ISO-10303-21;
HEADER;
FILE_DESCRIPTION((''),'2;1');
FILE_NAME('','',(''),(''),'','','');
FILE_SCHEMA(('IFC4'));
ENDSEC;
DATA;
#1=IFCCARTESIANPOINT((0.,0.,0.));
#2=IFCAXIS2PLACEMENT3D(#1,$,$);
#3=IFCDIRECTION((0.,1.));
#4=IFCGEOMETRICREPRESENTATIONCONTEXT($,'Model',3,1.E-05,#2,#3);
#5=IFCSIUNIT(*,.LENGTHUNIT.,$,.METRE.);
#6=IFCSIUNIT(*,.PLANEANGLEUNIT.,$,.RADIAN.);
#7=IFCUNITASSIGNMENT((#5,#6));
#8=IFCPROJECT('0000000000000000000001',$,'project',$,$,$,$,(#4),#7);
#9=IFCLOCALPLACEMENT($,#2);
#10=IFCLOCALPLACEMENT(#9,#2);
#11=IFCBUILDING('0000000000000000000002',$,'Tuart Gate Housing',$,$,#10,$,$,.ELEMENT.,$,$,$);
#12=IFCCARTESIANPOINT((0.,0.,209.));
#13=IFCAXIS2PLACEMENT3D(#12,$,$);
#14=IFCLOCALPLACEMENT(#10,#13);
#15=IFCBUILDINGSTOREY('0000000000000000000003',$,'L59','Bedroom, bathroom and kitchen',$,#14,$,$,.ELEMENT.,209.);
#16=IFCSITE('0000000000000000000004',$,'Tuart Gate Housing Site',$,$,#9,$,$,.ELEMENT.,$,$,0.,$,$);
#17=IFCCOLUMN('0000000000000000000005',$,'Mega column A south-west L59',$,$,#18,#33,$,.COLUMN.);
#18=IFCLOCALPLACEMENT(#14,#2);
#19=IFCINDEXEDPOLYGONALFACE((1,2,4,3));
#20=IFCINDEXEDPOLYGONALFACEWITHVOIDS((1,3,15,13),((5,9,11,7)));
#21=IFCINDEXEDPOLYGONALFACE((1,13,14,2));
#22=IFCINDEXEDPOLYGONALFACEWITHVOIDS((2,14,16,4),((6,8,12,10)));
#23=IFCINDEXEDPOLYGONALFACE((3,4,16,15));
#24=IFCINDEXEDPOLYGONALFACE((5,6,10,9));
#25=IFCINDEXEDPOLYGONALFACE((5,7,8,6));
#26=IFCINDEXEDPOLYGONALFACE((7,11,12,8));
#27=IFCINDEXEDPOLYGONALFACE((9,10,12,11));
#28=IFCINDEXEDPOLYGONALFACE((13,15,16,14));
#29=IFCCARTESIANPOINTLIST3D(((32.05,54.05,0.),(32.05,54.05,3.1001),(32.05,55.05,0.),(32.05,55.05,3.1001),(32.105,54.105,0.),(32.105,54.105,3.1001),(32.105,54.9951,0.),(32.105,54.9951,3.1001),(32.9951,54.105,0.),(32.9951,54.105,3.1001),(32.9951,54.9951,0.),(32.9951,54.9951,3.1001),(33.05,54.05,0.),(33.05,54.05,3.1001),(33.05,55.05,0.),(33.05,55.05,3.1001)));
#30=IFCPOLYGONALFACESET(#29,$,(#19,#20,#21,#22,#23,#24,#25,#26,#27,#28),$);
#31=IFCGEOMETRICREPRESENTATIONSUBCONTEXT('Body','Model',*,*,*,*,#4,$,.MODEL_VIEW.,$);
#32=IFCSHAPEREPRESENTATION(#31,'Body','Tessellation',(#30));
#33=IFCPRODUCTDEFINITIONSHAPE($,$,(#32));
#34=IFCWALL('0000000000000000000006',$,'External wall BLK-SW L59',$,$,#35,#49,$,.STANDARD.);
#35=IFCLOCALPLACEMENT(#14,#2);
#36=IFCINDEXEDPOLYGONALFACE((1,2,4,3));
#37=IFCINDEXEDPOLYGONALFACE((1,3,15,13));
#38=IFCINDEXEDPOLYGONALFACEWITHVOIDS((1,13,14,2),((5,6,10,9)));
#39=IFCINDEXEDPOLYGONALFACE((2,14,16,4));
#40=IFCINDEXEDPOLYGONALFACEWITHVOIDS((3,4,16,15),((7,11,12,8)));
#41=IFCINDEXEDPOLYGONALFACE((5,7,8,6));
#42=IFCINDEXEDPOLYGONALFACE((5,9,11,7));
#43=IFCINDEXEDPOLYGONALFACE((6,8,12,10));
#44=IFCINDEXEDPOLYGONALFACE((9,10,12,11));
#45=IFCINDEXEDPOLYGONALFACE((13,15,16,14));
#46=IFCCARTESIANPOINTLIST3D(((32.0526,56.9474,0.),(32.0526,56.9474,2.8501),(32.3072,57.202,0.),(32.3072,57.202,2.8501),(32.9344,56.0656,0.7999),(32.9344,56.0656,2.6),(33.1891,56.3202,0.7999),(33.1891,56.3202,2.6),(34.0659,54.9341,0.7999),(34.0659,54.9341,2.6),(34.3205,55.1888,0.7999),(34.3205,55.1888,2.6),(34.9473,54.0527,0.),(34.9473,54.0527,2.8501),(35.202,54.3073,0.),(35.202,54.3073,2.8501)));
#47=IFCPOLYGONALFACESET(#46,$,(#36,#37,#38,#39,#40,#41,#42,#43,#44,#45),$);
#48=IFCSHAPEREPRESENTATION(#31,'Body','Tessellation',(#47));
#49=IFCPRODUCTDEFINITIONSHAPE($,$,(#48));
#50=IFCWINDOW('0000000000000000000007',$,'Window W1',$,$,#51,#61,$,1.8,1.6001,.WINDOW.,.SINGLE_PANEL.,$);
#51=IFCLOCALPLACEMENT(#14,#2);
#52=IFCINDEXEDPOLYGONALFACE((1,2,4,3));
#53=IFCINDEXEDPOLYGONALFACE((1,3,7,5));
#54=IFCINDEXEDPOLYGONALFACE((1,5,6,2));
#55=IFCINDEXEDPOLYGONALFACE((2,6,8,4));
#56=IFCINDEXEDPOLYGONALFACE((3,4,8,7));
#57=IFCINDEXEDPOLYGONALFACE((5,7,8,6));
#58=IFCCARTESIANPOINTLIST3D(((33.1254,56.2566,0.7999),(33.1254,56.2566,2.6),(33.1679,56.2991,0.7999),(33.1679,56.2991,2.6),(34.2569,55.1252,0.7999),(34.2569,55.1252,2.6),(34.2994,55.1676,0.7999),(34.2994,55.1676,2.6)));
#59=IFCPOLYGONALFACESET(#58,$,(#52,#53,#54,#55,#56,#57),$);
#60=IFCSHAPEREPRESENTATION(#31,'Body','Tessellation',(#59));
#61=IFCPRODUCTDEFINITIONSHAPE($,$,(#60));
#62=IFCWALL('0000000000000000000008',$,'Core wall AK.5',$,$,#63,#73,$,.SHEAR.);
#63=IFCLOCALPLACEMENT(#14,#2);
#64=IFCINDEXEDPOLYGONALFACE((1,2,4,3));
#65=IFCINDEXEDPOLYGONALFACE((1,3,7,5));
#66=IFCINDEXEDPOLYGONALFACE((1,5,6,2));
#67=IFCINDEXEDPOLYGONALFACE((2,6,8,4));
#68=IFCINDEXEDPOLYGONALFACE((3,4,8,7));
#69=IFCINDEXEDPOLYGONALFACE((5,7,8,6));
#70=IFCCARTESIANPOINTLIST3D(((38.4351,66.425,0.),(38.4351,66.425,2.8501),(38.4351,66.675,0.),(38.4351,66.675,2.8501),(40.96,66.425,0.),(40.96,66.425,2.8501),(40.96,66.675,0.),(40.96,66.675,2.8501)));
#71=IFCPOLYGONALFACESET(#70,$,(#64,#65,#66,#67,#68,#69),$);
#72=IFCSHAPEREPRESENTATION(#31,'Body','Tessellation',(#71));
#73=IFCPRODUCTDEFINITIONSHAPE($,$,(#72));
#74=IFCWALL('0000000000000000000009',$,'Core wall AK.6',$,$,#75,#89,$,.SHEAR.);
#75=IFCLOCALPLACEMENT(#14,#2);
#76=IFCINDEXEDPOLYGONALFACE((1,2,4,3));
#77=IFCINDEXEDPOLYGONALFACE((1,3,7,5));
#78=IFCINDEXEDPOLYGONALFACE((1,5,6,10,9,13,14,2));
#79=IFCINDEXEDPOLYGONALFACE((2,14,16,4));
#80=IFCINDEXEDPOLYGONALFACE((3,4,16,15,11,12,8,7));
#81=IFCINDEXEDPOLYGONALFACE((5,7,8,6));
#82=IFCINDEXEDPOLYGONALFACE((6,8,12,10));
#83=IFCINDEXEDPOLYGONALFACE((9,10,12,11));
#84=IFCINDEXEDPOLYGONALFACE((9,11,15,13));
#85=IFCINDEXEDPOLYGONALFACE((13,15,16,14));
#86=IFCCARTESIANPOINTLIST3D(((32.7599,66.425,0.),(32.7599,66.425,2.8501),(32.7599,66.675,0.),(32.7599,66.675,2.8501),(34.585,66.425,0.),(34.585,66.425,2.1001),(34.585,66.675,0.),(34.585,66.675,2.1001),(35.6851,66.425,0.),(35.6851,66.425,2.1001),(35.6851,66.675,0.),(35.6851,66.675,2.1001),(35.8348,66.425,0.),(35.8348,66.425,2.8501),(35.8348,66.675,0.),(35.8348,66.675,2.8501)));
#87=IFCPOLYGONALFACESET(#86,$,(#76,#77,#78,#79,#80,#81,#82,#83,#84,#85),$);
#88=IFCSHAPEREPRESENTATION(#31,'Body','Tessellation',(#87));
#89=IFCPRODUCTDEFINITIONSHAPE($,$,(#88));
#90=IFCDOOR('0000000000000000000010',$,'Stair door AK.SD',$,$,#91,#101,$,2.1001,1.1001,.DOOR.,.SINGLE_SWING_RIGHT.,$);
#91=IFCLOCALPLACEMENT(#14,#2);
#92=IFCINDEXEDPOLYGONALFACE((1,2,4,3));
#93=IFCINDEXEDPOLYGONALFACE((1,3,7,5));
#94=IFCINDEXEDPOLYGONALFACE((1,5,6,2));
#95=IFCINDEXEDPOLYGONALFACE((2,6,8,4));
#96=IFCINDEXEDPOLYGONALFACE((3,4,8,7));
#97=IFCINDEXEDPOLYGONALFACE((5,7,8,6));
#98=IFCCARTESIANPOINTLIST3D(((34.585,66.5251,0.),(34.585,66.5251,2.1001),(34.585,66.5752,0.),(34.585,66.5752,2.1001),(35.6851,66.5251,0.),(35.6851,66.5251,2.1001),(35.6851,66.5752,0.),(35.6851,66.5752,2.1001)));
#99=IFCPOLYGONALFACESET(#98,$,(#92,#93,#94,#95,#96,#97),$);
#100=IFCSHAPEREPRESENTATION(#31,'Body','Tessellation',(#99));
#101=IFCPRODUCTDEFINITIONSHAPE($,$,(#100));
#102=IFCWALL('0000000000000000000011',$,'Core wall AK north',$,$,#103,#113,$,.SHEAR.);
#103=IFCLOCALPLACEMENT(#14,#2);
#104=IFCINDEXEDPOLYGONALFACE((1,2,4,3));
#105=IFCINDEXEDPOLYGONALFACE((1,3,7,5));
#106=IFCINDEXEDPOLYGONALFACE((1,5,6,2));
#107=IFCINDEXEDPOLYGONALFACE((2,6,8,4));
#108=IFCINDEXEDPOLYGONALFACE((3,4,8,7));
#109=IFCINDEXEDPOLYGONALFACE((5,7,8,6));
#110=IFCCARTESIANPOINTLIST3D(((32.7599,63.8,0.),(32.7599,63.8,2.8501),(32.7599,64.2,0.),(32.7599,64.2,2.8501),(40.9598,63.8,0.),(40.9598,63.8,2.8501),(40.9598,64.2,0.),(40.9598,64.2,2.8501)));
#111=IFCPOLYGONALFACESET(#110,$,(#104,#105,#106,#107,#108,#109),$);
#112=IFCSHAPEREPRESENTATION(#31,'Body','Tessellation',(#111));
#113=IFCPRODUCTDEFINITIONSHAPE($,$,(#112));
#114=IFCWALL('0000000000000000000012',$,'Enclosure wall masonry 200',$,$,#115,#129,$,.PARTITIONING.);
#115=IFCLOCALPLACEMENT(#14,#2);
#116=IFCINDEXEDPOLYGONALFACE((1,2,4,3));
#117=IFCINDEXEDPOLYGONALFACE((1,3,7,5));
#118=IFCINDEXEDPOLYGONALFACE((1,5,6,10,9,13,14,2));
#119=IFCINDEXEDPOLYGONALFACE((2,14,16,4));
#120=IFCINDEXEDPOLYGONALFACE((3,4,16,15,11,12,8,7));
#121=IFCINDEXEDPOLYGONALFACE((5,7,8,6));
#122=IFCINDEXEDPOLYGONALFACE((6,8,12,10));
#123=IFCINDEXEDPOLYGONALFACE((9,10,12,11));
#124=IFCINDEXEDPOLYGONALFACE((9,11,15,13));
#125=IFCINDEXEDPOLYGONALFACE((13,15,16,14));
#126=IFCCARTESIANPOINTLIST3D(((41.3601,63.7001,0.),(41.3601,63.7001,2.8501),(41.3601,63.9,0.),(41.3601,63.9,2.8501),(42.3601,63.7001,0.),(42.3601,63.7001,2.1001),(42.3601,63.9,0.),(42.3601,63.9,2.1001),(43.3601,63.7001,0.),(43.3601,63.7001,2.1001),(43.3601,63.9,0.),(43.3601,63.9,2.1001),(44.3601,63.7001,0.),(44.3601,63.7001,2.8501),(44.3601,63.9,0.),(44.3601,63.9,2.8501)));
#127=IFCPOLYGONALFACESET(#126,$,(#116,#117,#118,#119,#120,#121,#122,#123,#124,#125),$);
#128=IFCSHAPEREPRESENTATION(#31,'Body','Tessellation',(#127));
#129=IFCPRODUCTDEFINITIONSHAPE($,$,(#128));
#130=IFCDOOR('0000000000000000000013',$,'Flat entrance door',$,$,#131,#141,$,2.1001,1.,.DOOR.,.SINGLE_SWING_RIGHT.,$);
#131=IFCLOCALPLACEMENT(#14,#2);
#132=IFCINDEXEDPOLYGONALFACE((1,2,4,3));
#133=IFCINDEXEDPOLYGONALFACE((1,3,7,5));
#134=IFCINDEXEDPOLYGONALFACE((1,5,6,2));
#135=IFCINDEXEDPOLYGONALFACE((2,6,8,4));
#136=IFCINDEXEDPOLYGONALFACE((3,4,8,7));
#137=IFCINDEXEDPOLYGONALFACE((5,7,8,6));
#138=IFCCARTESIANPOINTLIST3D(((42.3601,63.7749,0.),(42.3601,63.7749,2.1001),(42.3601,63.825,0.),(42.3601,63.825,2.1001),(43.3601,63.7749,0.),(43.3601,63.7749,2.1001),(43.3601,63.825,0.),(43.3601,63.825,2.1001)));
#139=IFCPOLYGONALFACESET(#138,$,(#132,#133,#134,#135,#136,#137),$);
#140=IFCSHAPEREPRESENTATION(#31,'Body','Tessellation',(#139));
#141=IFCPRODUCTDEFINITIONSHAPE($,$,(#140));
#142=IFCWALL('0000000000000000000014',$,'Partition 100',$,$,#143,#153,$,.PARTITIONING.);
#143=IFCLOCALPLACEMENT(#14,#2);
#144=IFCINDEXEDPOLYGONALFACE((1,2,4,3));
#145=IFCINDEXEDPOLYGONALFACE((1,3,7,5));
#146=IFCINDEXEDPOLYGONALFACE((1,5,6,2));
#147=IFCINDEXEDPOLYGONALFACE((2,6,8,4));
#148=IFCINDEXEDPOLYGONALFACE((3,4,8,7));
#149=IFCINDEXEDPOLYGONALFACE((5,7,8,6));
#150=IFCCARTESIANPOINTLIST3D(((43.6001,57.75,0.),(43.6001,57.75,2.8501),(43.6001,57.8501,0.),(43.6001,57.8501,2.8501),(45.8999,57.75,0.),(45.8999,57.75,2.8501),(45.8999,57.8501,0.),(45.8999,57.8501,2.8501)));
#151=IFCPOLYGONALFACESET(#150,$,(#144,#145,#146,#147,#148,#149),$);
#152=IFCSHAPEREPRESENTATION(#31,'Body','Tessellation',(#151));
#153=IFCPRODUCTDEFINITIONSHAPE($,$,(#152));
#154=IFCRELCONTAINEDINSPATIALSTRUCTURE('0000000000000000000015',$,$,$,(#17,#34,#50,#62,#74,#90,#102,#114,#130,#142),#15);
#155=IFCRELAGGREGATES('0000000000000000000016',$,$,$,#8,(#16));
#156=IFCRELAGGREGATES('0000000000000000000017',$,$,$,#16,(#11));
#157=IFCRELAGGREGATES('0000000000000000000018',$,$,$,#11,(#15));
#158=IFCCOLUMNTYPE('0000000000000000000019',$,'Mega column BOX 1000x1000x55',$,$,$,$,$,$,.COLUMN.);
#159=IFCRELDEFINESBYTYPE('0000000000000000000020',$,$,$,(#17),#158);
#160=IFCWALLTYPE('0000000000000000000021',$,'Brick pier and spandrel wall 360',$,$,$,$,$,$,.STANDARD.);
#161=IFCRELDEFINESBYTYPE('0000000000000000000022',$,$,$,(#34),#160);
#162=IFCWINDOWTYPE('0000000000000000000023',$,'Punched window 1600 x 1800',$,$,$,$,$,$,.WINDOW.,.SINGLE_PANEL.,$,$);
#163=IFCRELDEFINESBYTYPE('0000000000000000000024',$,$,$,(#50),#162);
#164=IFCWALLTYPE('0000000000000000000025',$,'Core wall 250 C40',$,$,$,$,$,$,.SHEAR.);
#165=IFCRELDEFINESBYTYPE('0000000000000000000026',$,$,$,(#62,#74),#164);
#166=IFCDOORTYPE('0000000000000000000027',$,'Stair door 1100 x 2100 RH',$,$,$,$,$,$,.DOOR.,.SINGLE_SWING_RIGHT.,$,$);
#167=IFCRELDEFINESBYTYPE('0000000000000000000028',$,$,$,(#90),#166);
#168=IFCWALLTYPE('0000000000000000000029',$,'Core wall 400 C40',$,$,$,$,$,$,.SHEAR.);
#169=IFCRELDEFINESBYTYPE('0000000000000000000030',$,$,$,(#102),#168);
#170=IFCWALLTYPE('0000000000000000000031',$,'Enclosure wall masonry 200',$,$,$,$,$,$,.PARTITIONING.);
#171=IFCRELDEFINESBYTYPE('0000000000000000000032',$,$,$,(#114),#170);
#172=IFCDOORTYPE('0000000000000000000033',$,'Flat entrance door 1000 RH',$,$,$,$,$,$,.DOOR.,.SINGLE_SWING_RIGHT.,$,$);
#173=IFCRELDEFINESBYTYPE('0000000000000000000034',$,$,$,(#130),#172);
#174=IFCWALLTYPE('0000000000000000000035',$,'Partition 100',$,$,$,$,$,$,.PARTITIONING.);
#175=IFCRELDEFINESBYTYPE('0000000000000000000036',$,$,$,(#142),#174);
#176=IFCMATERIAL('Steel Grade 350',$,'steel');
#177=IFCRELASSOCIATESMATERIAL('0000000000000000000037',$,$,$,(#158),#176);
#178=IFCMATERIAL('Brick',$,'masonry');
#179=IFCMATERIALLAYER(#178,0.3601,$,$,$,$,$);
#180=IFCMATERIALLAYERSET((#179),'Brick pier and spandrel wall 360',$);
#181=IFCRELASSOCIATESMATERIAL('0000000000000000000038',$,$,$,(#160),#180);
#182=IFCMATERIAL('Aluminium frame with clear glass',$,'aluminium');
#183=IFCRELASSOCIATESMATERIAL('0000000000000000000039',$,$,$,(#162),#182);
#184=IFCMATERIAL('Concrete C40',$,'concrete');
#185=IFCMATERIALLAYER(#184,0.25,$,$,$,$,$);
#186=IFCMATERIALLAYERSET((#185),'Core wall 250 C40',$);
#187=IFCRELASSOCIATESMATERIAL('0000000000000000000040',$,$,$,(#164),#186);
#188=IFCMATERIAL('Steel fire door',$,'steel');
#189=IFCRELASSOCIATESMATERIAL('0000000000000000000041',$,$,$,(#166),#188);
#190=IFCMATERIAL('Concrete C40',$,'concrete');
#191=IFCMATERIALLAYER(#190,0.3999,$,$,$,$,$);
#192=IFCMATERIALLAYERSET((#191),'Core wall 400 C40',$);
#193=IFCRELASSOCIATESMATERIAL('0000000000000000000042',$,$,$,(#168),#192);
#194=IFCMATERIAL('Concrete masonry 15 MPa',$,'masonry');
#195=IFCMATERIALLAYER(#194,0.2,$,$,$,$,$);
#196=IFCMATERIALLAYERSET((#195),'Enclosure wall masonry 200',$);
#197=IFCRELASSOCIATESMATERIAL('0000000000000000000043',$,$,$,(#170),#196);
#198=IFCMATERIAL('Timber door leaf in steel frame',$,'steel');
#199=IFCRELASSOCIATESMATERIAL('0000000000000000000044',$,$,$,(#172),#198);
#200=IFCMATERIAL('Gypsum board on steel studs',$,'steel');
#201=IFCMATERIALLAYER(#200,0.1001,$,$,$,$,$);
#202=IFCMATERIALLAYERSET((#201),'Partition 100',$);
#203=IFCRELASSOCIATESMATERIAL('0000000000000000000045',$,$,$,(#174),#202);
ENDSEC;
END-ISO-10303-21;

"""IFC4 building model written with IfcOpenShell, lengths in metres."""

from ifc_helpers import new_model, si_unit, direction, frame, frame_2d, origin, origin_2d, place, context, subcontext, project, spatial, rectangle, hollow_rectangle, extrude, material, layer, layer_set, material_profile, profile_set, type_object, element, fill, save


model = new_model("IFC4")

# Units and contexts
model_context = context("Model", 3, precision=1e-05, world=origin(), true_north=direction((0.0, 1.0)))
body_context = subcontext(model_context, "Body", "Model", "MODEL_VIEW")
ifc_project = project(units=[si_unit("LENGTHUNIT", "METRE"), si_unit("PLANEANGLEUNIT", "RADIAN")], contexts=[model_context])

# Site, building, storey
site_placement = place(None, origin())
site = spatial("IfcSite", under=ifc_project, at=site_placement, Name="Tuart Gate Housing Site", CompositionType="ELEMENT", RefElevation=0.0)
building_placement = place(site_placement, origin())
building = spatial("IfcBuilding", under=site, at=building_placement, Name="Tuart Gate Housing", CompositionType="ELEMENT")
storey_placement = place(building_placement, frame((0.0, 0.0, 209.0)))
storey = spatial("IfcBuildingStorey", under=building, at=storey_placement, Name="L59", Description="Bedroom, bathroom and kitchen", CompositionType="ELEMENT", Elevation=209.0)

# Column
ifc_material_1 = material(Name="Steel Grade 350", Category="steel")
ifc_material_profile = material_profile(ifc_material_1, hollow_rectangle(XDim=1.0, YDim=1.0, WallThickness=0.0549, at=origin_2d()), Name="BOX 1000x1000x55")
ifc_profile_set = profile_set([ifc_material_profile], Name="Steel Grade 350")
column_type = type_object("IfcColumnType", Name="Mega column BOX 1000x1000x55", PredefinedType="COLUMN", material=ifc_profile_set)
column_placement = place(storey_placement, frame((32.55, 54.55, 0.0), z_axis=(0.0, 0.0, 1.0), x_axis=(1.0, 0.0, 0.0)))
element("IfcColumn", 1, at=column_placement, inside=storey, type_object=column_type, Name="Mega column A south-west L59", PredefinedType="COLUMN", context=body_context, shape_type="SweptSolid", body=[
    extrude(hollow_rectangle(XDim=1.0, YDim=1.0, WallThickness=0.0549, at=origin_2d()), origin(), (0.0, 0.0, 1.0), 3.1001),
])

# Wall, opening, window
ifc_material_2 = material(Name="Brick", Category="masonry")
ifc_layer_1 = layer(ifc_material_2, 0.3601)
ifc_layer_set_1 = layer_set([ifc_layer_1], Name="Brick pier and spandrel wall 360")
wall_type_1 = type_object("IfcWallType", Name="Brick pier and spandrel wall 360", PredefinedType="STANDARD", material=ifc_layer_set_1)
wall_1_placement = place(storey_placement, frame((32.1799, 57.0747, 0.0), z_axis=(0.0, 0.0, 1.0), x_axis=(0.707107, -0.707107, 0.0)))
wall_1 = element("IfcWall", 2, at=wall_1_placement, inside=storey, type_object=wall_type_1, Name="External wall BLK-SW L59", PredefinedType="STANDARD", context=body_context, shape_type="SweptSolid", body=[
    extrude(rectangle(XDim=4.0938, YDim=0.3601, at=frame_2d((2.0469, 0.0))), origin(), (0.0, 0.0, 1.0), 2.8501),
])
opening_1_placement = place(wall_1_placement, frame((1.2471, 0.0, 0.8)))
opening_1 = element("IfcOpeningElement", 3, at=opening_1_placement, cuts=wall_1, PredefinedType="OPENING", context=body_context, shape_type="SweptSolid", body=[
    extrude(rectangle(XDim=1.6001, YDim=1.8, at=frame_2d((0.8, 0.8999))), frame((0.0, 0.1899, 0.0), z_axis=(0.0, -1.0, 0.0), x_axis=(1.0, 0.0, 0.0)), (0.0, 0.0, 1.0), 0.3801),
])
ifc_material_3 = material(Name="Aluminium frame with clear glass", Category="aluminium")
window_type = type_object("IfcWindowType", Name="Punched window 1600 x 1800", PartitioningType="SINGLE_PANEL", PredefinedType="WINDOW", material=ifc_material_3)
window_placement = place(opening_1_placement, origin())
window = element("IfcWindow", 4, at=window_placement, inside=storey, type_object=window_type, Name="Window W1", OverallHeight=1.8, OverallWidth=1.6001, PartitioningType="SINGLE_PANEL", PredefinedType="WINDOW", context=body_context, shape_type="SweptSolid", body=[
    extrude(rectangle(XDim=1.6001, YDim=1.8, at=frame_2d((0.8, 0.8999))), frame((0.0, 0.1501, 0.0), z_axis=(0.0, -1.0, 0.0), x_axis=(1.0, 0.0, 0.0)), (0.0, 0.0, 1.0), 0.0601),
])
fill(opening_1, window)

# Wall
ifc_material_4 = material(Name="Concrete C40", Category="concrete")
ifc_layer_2 = layer(ifc_material_4, 0.25)
ifc_layer_set_2 = layer_set([ifc_layer_2], Name="Core wall 250 C40")
wall_type_2 = type_object("IfcWallType", Name="Core wall 250 C40", PredefinedType="SHEAR", material=ifc_layer_set_2)
wall_2_placement = place(storey_placement, frame((40.96, 66.55, 0.0), z_axis=(0.0, 0.0, 1.0), x_axis=(-1.0, 0.0, 0.0)))
element("IfcWall", 5, at=wall_2_placement, inside=storey, type_object=wall_type_2, Name="Core wall AK.5", PredefinedType="SHEAR", context=body_context, shape_type="SweptSolid", body=[
    extrude(rectangle(XDim=2.5249, YDim=0.25, at=frame_2d((1.2625, 0.0))), origin(), (0.0, 0.0, 1.0), 2.8501),
])

# Wall, opening, door
wall_3_placement = place(storey_placement, frame((35.835, 66.55, 0.0), z_axis=(0.0, 0.0, 1.0), x_axis=(-1.0, 0.0, 0.0)))
wall_3 = element("IfcWall", 6, at=wall_3_placement, inside=storey, type_object=wall_type_2, Name="Core wall AK.6", PredefinedType="SHEAR", context=body_context, shape_type="SweptSolid", body=[
    extrude(rectangle(XDim=3.075, YDim=0.25, at=frame_2d((1.5376, 0.0))), origin(), (0.0, 0.0, 1.0), 2.8501),
])
opening_2_placement = place(wall_3_placement, frame((0.1499, 0.0, 0.0)))
opening_2 = element("IfcOpeningElement", 7, at=opening_2_placement, cuts=wall_3, PredefinedType="OPENING", context=body_context, shape_type="SweptSolid", body=[
    extrude(rectangle(XDim=1.1001, YDim=2.1001, at=frame_2d((0.55, 1.05))), frame((0.0, 0.135, 0.0), z_axis=(0.0, -1.0, 0.0), x_axis=(1.0, 0.0, 0.0)), (0.0, 0.0, 1.0), 0.27),
])
ifc_material_5 = material(Name="Steel fire door", Category="steel")
door_type_1 = type_object("IfcDoorType", Name="Stair door 1100 x 2100 RH", OperationType="SINGLE_SWING_RIGHT", PredefinedType="DOOR", material=ifc_material_5)
door_1_placement = place(opening_2_placement, frame((1.1001, 0.0, 0.0), z_axis=(0.0, 0.0, 1.0), x_axis=(-1.0, 0.0, 0.0)))
door_1 = element("IfcDoor", 8, at=door_1_placement, inside=storey, type_object=door_type_1, Name="Stair door AK.SD", OperationType="SINGLE_SWING_RIGHT", OverallHeight=2.1001, OverallWidth=1.1001, PredefinedType="DOOR", context=body_context, shape_type="SweptSolid", body=[
    extrude(rectangle(XDim=1.1001, YDim=2.1001, at=frame_2d((0.55, 1.05))), frame((0.0, 0.0251, 0.0), z_axis=(0.0, -1.0, 0.0), x_axis=(1.0, 0.0, 0.0)), (0.0, 0.0, 1.0), 0.05),
])
fill(opening_2, door_1)

# Wall
ifc_material_6 = material(Name="Concrete C40", Category="concrete")
ifc_layer_3 = layer(ifc_material_6, 0.3999)
ifc_layer_set_3 = layer_set([ifc_layer_3], Name="Core wall 400 C40")
wall_type_3 = type_object("IfcWallType", Name="Core wall 400 C40", PredefinedType="SHEAR", material=ifc_layer_set_3)
wall_4_placement = place(storey_placement, frame((40.96, 64.0, 0.0), z_axis=(0.0, 0.0, 1.0), x_axis=(-1.0, 0.0, 0.0)))
element("IfcWall", 9, at=wall_4_placement, inside=storey, type_object=wall_type_3, Name="Core wall AK north", PredefinedType="SHEAR", context=body_context, shape_type="SweptSolid", body=[
    extrude(rectangle(XDim=8.2, YDim=0.3999, at=frame_2d((4.1001, 0.0))), origin(), (0.0, 0.0, 1.0), 2.8501),
])

# Wall, opening, door
ifc_material_7 = material(Name="Concrete masonry 15 MPa", Category="masonry")
ifc_layer_4 = layer(ifc_material_7, 0.2)
ifc_layer_set_4 = layer_set([ifc_layer_4], Name="Enclosure wall masonry 200")
wall_type_4 = type_object("IfcWallType", Name="Enclosure wall masonry 200", PredefinedType="PARTITIONING", material=ifc_layer_set_4)
wall_5_placement = place(storey_placement, frame((41.3601, 63.8, 0.0), z_axis=(0.0, 0.0, 1.0), x_axis=(1.0, 0.0, 0.0)))
wall_5 = element("IfcWall", 10, at=wall_5_placement, inside=storey, type_object=wall_type_4, Name="Enclosure wall masonry 200", PredefinedType="PARTITIONING", context=body_context, shape_type="SweptSolid", body=[
    extrude(rectangle(XDim=3.0, YDim=0.2, at=frame_2d((1.5, 0.0))), origin(), (0.0, 0.0, 1.0), 2.8501),
])
opening_3_placement = place(wall_5_placement, frame((1.0, 0.0, 0.0)))
opening_3 = element("IfcOpeningElement", 11, at=opening_3_placement, cuts=wall_5, PredefinedType="OPENING", context=body_context, shape_type="SweptSolid", body=[
    extrude(rectangle(XDim=1.0, YDim=2.1001, at=frame_2d((0.5, 1.05))), frame((0.0, 0.1099, 0.0), z_axis=(0.0, -1.0, 0.0), x_axis=(1.0, 0.0, 0.0)), (0.0, 0.0, 1.0), 0.22),
])
ifc_material_8 = material(Name="Timber door leaf in steel frame", Category="steel")
door_type_2 = type_object("IfcDoorType", Name="Flat entrance door 1000 RH", OperationType="SINGLE_SWING_RIGHT", PredefinedType="DOOR", material=ifc_material_8)
door_2_placement = place(opening_3_placement, frame((1.0, 0.0, 0.0), z_axis=(0.0, 0.0, 1.0), x_axis=(-1.0, 0.0, 0.0)))
door_2 = element("IfcDoor", 12, at=door_2_placement, inside=storey, type_object=door_type_2, Name="Flat entrance door", OperationType="SINGLE_SWING_RIGHT", OverallHeight=2.1001, OverallWidth=1.0, PredefinedType="DOOR", context=body_context, shape_type="SweptSolid", body=[
    extrude(rectangle(XDim=1.0, YDim=2.1001, at=frame_2d((0.5, 1.05))), frame((0.0, 0.0251, 0.0), z_axis=(0.0, -1.0, 0.0), x_axis=(1.0, 0.0, 0.0)), (0.0, 0.0, 1.0), 0.05),
])
fill(opening_3, door_2)

# Wall
ifc_material_9 = material(Name="Gypsum board on steel studs", Category="steel")
ifc_layer_5 = layer(ifc_material_9, 0.1001)
ifc_layer_set_5 = layer_set([ifc_layer_5], Name="Partition 100")
wall_type_5 = type_object("IfcWallType", Name="Partition 100", PredefinedType="PARTITIONING", material=ifc_layer_set_5)
wall_6_placement = place(storey_placement, frame((43.6001, 57.8, 0.0), z_axis=(0.0, 0.0, 1.0), x_axis=(1.0, 0.0, 0.0)))
element("IfcWall", 13, at=wall_6_placement, inside=storey, type_object=wall_type_5, Name="Partition 100", PredefinedType="PARTITIONING", context=body_context, shape_type="SweptSolid", body=[
    extrude(rectangle(XDim=2.2998, YDim=0.1001, at=frame_2d((1.1499, 0.0))), origin(), (0.0, 0.0, 1.0), 2.8501),
])

save(model, "model.ifc")
